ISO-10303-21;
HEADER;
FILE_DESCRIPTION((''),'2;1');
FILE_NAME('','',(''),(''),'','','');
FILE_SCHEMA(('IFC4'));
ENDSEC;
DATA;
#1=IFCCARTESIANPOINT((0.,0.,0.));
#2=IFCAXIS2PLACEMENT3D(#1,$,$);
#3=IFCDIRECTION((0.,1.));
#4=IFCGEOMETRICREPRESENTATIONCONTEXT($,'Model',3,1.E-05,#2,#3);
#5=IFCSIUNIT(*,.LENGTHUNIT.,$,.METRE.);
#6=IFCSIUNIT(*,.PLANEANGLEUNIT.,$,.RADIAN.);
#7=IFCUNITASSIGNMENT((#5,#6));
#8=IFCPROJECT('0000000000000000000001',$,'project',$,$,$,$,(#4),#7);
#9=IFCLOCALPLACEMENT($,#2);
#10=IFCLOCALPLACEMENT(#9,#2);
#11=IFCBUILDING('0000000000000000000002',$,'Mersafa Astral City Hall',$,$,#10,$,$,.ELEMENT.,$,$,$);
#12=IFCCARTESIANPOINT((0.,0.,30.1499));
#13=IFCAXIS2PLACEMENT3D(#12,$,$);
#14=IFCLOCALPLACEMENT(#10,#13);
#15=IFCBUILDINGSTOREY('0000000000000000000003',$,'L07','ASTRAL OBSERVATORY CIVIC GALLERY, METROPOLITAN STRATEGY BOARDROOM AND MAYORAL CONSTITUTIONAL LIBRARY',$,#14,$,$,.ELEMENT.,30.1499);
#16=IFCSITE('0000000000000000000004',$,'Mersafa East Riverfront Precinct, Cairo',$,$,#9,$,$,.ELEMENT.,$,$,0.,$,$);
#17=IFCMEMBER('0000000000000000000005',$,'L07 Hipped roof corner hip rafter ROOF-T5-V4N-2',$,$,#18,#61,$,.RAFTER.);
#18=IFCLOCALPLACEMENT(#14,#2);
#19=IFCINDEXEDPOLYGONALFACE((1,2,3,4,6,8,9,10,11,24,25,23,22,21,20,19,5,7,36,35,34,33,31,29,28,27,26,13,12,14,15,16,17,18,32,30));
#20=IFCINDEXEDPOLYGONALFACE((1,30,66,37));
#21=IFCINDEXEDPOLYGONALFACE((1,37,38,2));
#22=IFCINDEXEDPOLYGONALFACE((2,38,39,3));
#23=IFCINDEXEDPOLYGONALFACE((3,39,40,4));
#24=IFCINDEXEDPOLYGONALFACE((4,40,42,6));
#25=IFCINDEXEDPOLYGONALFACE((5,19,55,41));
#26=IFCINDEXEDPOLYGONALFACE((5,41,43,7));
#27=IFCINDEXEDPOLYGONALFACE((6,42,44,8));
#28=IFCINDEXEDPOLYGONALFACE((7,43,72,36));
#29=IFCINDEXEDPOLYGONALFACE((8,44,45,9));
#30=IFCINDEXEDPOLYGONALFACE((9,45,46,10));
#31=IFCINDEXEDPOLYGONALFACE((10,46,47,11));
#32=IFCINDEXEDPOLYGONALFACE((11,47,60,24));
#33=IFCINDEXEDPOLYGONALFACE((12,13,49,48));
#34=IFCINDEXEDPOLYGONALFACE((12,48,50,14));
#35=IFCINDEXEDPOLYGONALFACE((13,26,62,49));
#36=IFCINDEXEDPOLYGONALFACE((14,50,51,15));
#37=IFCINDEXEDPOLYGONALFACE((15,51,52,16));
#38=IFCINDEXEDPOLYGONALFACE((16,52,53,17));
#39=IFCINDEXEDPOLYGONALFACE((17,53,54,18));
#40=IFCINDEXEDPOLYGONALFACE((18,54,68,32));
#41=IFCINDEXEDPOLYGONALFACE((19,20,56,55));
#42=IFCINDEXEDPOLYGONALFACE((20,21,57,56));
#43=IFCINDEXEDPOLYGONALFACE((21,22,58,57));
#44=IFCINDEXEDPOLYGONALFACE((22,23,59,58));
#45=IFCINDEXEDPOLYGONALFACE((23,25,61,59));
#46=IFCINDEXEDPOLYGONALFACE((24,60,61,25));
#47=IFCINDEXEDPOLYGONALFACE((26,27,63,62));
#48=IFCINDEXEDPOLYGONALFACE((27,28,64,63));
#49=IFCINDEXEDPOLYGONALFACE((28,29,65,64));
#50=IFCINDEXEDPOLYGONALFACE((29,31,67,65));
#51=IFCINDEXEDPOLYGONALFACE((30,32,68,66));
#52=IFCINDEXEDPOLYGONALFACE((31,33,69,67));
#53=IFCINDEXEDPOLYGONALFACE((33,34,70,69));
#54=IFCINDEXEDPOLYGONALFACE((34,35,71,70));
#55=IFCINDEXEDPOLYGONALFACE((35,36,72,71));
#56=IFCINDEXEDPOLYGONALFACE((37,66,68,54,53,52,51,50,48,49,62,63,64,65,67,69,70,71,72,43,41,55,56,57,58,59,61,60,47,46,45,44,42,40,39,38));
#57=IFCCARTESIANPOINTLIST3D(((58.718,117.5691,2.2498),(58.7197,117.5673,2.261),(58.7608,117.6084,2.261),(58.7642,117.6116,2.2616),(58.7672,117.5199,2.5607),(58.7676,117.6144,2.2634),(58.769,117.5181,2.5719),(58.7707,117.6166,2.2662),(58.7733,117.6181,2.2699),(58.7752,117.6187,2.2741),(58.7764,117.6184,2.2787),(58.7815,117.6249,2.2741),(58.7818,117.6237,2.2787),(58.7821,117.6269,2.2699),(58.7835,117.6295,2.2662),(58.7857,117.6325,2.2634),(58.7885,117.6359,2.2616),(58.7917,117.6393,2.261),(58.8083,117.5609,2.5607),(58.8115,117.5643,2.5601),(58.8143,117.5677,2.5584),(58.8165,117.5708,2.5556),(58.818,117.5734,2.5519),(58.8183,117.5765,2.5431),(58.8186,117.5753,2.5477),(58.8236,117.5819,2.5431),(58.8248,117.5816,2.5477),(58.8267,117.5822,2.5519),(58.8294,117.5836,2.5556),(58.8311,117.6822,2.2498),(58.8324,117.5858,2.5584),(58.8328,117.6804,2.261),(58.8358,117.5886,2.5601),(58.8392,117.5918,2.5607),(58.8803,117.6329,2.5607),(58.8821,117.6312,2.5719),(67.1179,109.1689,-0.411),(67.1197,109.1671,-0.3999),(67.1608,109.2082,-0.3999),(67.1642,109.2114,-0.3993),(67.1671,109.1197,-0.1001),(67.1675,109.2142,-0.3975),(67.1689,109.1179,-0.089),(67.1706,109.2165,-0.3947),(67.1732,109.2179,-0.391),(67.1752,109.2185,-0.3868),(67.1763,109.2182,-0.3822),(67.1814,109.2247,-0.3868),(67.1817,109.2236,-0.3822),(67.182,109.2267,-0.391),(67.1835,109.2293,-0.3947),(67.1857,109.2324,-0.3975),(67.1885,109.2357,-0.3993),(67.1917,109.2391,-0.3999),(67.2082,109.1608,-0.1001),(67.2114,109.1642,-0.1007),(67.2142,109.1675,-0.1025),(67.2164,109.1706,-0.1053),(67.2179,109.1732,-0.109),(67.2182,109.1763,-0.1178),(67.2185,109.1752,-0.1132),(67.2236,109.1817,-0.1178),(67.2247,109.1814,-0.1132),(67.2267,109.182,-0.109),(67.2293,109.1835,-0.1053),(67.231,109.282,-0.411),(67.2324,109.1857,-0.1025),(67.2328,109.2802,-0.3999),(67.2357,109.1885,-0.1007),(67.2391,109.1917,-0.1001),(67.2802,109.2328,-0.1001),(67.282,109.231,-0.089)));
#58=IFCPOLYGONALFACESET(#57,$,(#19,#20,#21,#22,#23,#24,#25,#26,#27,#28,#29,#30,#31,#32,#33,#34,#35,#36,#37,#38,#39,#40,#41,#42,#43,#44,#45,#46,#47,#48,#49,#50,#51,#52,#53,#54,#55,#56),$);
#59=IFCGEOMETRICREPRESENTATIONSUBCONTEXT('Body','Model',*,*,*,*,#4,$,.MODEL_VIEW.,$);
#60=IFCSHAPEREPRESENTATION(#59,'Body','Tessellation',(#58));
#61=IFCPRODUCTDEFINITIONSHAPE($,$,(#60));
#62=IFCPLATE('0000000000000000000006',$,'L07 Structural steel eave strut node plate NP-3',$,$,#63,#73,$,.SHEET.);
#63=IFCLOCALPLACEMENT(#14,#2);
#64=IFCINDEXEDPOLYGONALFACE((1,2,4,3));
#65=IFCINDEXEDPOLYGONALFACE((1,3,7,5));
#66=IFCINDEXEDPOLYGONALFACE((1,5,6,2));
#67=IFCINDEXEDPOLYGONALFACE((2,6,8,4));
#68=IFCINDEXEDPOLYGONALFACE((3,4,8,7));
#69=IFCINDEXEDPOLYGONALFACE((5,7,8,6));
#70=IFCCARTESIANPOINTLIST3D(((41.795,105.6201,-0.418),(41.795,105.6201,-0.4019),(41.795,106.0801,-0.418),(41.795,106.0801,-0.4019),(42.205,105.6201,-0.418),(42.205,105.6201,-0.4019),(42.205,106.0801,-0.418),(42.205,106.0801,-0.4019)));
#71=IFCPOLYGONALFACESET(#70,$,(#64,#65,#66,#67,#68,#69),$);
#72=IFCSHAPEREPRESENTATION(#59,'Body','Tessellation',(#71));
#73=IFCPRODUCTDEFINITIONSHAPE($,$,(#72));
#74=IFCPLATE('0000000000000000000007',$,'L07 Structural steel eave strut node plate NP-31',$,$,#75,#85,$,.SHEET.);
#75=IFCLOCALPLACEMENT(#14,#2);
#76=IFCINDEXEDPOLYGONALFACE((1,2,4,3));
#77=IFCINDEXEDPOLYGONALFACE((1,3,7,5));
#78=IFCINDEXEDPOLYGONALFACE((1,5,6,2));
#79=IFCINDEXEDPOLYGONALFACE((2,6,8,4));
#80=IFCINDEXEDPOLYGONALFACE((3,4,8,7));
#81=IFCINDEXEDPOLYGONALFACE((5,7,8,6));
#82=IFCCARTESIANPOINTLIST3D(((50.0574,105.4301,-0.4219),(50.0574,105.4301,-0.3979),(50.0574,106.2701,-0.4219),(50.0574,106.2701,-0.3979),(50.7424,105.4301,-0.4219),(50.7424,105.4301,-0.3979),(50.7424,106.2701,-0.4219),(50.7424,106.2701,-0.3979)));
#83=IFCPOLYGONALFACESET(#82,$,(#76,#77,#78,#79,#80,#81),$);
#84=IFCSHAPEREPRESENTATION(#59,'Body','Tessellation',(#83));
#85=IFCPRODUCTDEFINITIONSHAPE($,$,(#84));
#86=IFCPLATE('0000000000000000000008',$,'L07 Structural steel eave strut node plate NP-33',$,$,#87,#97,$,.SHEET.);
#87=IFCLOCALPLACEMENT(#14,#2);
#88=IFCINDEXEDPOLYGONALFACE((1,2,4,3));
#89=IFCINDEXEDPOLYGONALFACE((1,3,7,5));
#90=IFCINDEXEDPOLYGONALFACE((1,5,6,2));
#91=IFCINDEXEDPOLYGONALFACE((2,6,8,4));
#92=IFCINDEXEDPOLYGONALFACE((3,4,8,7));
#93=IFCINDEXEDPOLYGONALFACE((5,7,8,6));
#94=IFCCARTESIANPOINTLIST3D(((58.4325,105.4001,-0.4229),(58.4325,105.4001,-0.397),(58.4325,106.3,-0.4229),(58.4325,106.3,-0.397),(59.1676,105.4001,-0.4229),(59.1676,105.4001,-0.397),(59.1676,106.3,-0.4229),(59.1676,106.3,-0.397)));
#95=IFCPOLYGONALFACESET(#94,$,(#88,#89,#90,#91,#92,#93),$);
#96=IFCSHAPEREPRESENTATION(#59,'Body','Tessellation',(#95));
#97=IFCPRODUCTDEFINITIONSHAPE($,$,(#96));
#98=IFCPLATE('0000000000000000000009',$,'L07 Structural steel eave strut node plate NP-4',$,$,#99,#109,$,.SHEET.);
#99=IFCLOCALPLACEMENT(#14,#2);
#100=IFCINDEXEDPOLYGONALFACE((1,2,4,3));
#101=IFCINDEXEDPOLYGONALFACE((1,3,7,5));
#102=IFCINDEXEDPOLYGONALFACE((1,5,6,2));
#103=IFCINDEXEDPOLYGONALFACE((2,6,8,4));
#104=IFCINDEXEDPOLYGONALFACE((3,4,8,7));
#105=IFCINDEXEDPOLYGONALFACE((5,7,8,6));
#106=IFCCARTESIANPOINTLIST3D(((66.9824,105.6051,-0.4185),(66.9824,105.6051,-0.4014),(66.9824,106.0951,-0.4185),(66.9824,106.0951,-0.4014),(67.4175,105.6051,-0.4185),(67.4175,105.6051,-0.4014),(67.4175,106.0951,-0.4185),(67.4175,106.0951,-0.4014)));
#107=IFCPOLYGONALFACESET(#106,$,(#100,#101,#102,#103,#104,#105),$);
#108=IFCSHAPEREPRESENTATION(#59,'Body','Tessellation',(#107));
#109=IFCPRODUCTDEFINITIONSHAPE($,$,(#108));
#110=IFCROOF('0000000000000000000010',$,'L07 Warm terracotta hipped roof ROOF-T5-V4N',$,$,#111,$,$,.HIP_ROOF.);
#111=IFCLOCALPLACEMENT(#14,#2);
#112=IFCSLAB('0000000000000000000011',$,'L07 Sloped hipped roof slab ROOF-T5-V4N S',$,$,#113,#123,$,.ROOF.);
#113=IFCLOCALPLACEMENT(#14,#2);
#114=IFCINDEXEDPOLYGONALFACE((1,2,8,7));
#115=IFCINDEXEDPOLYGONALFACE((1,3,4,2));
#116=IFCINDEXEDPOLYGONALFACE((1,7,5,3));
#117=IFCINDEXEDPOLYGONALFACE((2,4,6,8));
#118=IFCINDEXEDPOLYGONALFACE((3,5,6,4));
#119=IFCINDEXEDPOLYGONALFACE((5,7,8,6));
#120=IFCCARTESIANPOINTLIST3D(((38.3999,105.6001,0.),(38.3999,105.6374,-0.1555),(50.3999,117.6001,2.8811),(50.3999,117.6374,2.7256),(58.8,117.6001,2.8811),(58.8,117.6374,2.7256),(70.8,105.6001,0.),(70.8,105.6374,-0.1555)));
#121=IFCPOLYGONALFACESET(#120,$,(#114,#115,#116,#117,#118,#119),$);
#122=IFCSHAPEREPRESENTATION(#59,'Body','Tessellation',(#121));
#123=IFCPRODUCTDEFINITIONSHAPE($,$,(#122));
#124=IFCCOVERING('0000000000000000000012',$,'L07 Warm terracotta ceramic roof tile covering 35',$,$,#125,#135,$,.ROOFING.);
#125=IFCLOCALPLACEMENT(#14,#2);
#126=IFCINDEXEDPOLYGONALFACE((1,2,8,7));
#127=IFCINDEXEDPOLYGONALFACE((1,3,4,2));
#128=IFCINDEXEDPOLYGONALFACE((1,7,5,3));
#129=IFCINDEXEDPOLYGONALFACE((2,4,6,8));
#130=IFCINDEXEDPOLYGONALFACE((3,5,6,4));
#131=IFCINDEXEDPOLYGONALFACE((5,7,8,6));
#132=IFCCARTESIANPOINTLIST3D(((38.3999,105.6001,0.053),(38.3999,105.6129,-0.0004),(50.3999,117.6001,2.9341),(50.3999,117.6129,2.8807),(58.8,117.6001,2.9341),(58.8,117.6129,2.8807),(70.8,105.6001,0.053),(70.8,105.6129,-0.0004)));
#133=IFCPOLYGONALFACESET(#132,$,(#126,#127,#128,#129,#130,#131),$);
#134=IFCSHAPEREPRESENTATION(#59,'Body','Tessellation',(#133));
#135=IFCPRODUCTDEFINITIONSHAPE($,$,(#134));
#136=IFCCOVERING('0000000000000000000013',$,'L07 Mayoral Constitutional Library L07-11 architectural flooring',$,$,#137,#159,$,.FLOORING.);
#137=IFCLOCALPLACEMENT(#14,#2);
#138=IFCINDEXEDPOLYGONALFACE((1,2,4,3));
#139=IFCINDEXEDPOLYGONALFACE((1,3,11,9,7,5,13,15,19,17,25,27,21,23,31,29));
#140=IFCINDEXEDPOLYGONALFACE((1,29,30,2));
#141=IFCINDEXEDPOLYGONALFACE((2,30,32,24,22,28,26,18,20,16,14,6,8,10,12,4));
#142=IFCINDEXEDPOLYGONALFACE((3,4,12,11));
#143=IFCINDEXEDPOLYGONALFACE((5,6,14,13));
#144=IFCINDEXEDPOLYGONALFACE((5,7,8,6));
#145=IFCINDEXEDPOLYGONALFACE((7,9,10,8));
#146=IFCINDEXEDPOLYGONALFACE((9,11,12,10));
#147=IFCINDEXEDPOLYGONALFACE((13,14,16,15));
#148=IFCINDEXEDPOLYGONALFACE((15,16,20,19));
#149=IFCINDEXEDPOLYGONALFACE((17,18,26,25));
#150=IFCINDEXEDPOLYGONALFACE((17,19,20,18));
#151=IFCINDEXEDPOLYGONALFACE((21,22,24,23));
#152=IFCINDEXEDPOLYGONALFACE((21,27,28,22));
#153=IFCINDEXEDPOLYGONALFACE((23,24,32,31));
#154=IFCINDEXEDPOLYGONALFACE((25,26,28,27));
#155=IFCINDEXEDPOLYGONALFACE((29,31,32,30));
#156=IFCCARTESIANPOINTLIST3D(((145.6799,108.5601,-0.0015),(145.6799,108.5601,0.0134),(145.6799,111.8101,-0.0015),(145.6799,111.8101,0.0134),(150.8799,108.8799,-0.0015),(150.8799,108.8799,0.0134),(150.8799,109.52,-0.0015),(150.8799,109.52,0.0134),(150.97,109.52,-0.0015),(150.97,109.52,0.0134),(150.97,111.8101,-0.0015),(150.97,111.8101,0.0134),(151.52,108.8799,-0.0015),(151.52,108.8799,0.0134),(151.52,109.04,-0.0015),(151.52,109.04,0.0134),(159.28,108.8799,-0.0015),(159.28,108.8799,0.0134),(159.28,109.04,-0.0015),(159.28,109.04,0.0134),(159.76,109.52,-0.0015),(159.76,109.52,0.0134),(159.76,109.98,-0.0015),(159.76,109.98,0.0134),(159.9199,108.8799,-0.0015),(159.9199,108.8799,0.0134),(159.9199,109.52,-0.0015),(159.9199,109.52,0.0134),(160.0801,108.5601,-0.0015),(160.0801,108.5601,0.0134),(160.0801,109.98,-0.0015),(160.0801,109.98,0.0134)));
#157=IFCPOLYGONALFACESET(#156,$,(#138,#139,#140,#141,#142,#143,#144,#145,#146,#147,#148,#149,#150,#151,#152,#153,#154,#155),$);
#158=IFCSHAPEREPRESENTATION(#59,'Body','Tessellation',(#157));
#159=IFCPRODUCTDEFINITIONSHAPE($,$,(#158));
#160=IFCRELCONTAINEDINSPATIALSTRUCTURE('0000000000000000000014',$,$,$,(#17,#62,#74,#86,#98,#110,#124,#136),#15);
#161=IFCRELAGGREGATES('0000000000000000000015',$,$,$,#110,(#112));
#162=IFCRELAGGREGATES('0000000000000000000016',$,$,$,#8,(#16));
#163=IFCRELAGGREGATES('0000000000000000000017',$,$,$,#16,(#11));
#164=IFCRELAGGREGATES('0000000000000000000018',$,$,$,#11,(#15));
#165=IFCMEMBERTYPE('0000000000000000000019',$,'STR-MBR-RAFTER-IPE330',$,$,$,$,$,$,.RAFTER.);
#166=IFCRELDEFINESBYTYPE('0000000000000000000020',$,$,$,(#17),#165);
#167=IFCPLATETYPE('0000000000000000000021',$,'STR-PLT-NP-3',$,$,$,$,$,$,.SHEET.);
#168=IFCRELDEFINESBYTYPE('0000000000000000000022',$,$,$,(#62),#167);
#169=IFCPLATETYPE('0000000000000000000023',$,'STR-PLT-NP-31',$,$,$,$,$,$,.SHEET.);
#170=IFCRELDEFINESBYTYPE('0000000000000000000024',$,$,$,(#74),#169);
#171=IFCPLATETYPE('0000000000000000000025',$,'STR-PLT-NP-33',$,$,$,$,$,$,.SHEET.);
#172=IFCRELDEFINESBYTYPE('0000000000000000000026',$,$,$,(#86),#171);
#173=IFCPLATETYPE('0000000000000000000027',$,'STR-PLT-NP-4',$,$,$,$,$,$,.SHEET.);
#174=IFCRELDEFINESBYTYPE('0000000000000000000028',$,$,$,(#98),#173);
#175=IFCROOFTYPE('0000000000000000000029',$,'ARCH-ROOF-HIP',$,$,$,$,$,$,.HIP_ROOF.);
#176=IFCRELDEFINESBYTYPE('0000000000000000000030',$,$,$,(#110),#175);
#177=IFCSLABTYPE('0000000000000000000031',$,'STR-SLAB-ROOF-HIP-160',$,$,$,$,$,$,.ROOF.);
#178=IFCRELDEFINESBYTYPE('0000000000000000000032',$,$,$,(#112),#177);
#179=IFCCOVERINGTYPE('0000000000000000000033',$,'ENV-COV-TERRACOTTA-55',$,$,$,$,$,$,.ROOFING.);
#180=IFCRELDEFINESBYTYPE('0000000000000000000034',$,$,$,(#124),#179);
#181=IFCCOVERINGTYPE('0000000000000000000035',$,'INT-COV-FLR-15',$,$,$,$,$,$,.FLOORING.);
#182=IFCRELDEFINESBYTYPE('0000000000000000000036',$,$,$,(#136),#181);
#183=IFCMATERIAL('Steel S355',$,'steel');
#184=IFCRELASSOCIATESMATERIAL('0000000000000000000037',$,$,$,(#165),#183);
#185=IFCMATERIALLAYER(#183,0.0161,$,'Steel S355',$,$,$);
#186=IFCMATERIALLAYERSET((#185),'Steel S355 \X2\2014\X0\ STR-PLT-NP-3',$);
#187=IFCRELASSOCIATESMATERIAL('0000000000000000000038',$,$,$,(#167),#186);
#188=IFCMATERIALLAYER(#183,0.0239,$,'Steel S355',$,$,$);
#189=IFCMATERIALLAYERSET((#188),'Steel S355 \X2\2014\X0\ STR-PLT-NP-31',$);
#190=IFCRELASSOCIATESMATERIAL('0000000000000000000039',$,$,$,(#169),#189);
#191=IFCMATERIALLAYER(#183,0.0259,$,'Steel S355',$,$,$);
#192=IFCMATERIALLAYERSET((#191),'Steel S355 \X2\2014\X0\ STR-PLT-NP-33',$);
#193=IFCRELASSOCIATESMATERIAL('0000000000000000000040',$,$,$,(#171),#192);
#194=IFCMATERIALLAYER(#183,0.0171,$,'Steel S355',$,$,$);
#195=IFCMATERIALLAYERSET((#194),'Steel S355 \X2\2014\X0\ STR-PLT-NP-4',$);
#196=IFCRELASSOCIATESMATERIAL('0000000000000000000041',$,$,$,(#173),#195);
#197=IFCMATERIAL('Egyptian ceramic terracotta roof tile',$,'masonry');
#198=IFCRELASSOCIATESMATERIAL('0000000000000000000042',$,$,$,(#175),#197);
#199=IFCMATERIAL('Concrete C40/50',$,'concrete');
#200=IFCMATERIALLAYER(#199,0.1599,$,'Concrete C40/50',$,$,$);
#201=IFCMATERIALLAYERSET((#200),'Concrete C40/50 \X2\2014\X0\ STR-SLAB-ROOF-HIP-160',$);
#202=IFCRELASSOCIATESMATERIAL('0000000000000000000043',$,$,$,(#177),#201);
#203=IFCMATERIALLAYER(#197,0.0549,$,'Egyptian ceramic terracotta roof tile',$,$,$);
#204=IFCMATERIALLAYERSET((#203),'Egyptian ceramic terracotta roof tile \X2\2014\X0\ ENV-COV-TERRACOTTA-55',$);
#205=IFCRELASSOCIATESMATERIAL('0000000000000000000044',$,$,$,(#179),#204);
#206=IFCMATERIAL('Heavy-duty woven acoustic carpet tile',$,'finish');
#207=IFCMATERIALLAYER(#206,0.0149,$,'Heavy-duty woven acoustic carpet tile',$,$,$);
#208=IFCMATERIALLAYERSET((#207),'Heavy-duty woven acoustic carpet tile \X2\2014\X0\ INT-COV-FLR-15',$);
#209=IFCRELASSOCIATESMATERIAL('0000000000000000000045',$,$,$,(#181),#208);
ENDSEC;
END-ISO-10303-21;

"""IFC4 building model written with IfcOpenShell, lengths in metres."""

from ifc_helpers import new_model, si_unit, direction, frame, origin, origin_2d, place, context, subcontext, project, spatial, polyline, rectangle, i_section, outline, extrude, material, layer, layer_set, material_profile, profile_set, type_object, element, aggregate, save


model = new_model("IFC4")

# Units and contexts
model_context = context("Model", 3, precision=1e-05, world=origin(), true_north=direction((0.0, 1.0)))
body_context = subcontext(model_context, "Body", "Model", "MODEL_VIEW")
ifc_project = project(units=[si_unit("LENGTHUNIT", "METRE"), si_unit("PLANEANGLEUNIT", "RADIAN")], contexts=[model_context])

# Site, building, storey
site_placement = place(None, origin())
site = spatial("IfcSite", under=ifc_project, at=site_placement, Name="Mersafa East Riverfront Precinct, Cairo", CompositionType="ELEMENT", RefElevation=0.0)
building_placement = place(site_placement, origin())
building = spatial("IfcBuilding", under=site, at=building_placement, Name="Mersafa Astral City Hall", CompositionType="ELEMENT")
storey_placement = place(building_placement, frame((0.0, 0.0, 30.1499)))
storey = spatial("IfcBuildingStorey", under=building, at=storey_placement, Name="L07", Description="ASTRAL OBSERVATORY CIVIC GALLERY, METROPOLITAN STRATEGY BOARDROOM AND MAYORAL CONSTITUTIONAL LIBRARY", CompositionType="ELEMENT", Elevation=30.1499)

# Shared definitions
ifc_material_1 = material(Name="Steel S355", Category="steel")

# Member
ifc_material_profile_1 = material_profile(ifc_material_1, i_section(OverallWidth=0.1599, OverallDepth=0.3301, WebThickness=0.0076, FlangeThickness=0.0115, FilletRadius=0.0181, at=origin_2d()), Name="IPE 330")
ifc_profile_set_1 = profile_set([ifc_material_profile_1], Name="Steel S355")
member_type_1 = type_object("IfcMemberType", Name="STR-MBR-RAFTER-IPE330", PredefinedType="RAFTER", material=ifc_profile_set_1)
for number, where, z_axis, x_axis, name in (
    (1, (67.2, 109.2, -0.25), (-0.689999, 0.690019, 0.218575), (-0.707117, -0.707097, 0.0), "L07 Hipped roof corner hip rafter ROOF-T5-V4N-2"),
):
    element("IfcMember", number, at=place(storey_placement, frame(where, z_axis=z_axis, x_axis=x_axis)), inside=storey, type_object=member_type_1, Name=name, PredefinedType="RAFTER", context=body_context, shape_type="SweptSolid", body=[
        extrude(i_section(OverallWidth=0.1599, OverallDepth=0.3301, WebThickness=0.0076, FlangeThickness=0.0115, FilletRadius=0.0181, at=origin_2d()), origin(), (0.0, 0.0, 1.0), 12.1738),
    ])

# Plates
ifc_layer_1 = layer(ifc_material_1, 0.0161, Name="Steel S355")
ifc_layer_set_1 = layer_set([ifc_layer_1], Name="Steel S355 — STR-PLT-NP-3")
plate_type_1 = type_object("IfcPlateType", Name="STR-PLT-NP-3", PredefinedType="SHEET", material=ifc_layer_set_1)
plate_1_placement = place(storey_placement, frame((42.0, 105.8501, -0.418), z_axis=(0.0, 0.0, 1.0), x_axis=(1.0, 0.0, 0.0)))
element("IfcPlate", 2, at=plate_1_placement, inside=storey, type_object=plate_type_1, Name="L07 Structural steel eave strut node plate NP-3", PredefinedType="SHEET", context=body_context, shape_type="SweptSolid", body=[
    extrude(rectangle(XDim=0.4099, YDim=0.46, at=origin_2d()), origin(), (0.0, 0.0, 1.0), 0.0161),
])
ifc_layer_2 = layer(ifc_material_1, 0.0239, Name="Steel S355")
ifc_layer_set_2 = layer_set([ifc_layer_2], Name="Steel S355 — STR-PLT-NP-31")
plate_type_2 = type_object("IfcPlateType", Name="STR-PLT-NP-31", PredefinedType="SHEET", material=ifc_layer_set_2)
plate_2_placement = place(storey_placement, frame((50.3999, 105.8501, -0.4219), z_axis=(0.0, 0.0, 1.0), x_axis=(1.0, 0.0, 0.0)))
element("IfcPlate", 3, at=plate_2_placement, inside=storey, type_object=plate_type_2, Name="L07 Structural steel eave strut node plate NP-31", PredefinedType="SHEET", context=body_context, shape_type="SweptSolid", body=[
    extrude(rectangle(XDim=0.6851, YDim=0.8401, at=origin_2d()), origin(), (0.0, 0.0, 1.0), 0.0239),
])
ifc_layer_3 = layer(ifc_material_1, 0.0259, Name="Steel S355")
ifc_layer_set_3 = layer_set([ifc_layer_3], Name="Steel S355 — STR-PLT-NP-33")
plate_type_3 = type_object("IfcPlateType", Name="STR-PLT-NP-33", PredefinedType="SHEET", material=ifc_layer_set_3)
plate_3_placement = place(storey_placement, frame((58.8, 105.8501, -0.4229), z_axis=(0.0, 0.0, 1.0), x_axis=(1.0, 0.0, 0.0)))
element("IfcPlate", 4, at=plate_3_placement, inside=storey, type_object=plate_type_3, Name="L07 Structural steel eave strut node plate NP-33", PredefinedType="SHEET", context=body_context, shape_type="SweptSolid", body=[
    extrude(rectangle(XDim=0.7351, YDim=0.8999, at=origin_2d()), origin(), (0.0, 0.0, 1.0), 0.0259),
])
ifc_layer_4 = layer(ifc_material_1, 0.0171, Name="Steel S355")
ifc_layer_set_4 = layer_set([ifc_layer_4], Name="Steel S355 — STR-PLT-NP-4")
plate_type_4 = type_object("IfcPlateType", Name="STR-PLT-NP-4", PredefinedType="SHEET", material=ifc_layer_set_4)
plate_4_placement = place(storey_placement, frame((67.2, 105.8501, -0.4185), z_axis=(0.0, 0.0, 1.0), x_axis=(1.0, 0.0, 0.0)))
element("IfcPlate", 5, at=plate_4_placement, inside=storey, type_object=plate_type_4, Name="L07 Structural steel eave strut node plate NP-4", PredefinedType="SHEET", context=body_context, shape_type="SweptSolid", body=[
    extrude(rectangle(XDim=0.4351, YDim=0.49, at=origin_2d()), origin(), (0.0, 0.0, 1.0), 0.0171),
])

# Roof, slab
ifc_material_2 = material(Name="Egyptian ceramic terracotta roof tile", Category="masonry")
roof_type = type_object("IfcRoofType", Name="ARCH-ROOF-HIP", PredefinedType="HIP_ROOF", material=ifc_material_2)
roof_placement = place(storey_placement, origin())
roof = element("IfcRoof", 6, at=roof_placement, inside=storey, type_object=roof_type, Name="L07 Warm terracotta hipped roof ROOF-T5-V4N", PredefinedType="HIP_ROOF")
ifc_material_3 = material(Name="Concrete C40/50", Category="concrete")
ifc_layer_5 = layer(ifc_material_3, 0.1599, Name="Concrete C40/50")
ifc_layer_set_5 = layer_set([ifc_layer_5], Name="Concrete C40/50 — STR-SLAB-ROOF-HIP-160")
slab_type = type_object("IfcSlabType", Name="STR-SLAB-ROOF-HIP-160", PredefinedType="ROOF", material=ifc_layer_set_5)
slab_placement = place(storey_placement, frame((38.3999, 105.6001, 0.0), z_axis=(0.0, -0.233458, 0.972367), x_axis=(1.0, 0.0, 0.0)))
slab = element("IfcSlab", 7, at=slab_placement, type_object=slab_type, Name="L07 Sloped hipped roof slab ROOF-T5-V4N S", PredefinedType="ROOF", context=body_context, shape_type="SweptSolid", body=[
    extrude(outline(polyline([(0.0, 0.0), (32.4001, 0.0), (20.4001, 12.341), (12.0, 12.341), (0.0, 0.0)])), origin(), (0.0, 0.0, -1.0), 0.1599),
])
aggregate(roof, [slab])

# Coverings
ifc_layer_6 = layer(ifc_material_2, 0.0549, Name="Egyptian ceramic terracotta roof tile")
ifc_layer_set_6 = layer_set([ifc_layer_6], Name="Egyptian ceramic terracotta roof tile — ENV-COV-TERRACOTTA-55")
covering_type_1 = type_object("IfcCoveringType", Name="ENV-COV-TERRACOTTA-55", PredefinedType="ROOFING", material=ifc_layer_set_6)
covering_1_placement = place(storey_placement, frame((38.3999, 105.6001, 0.053), z_axis=(0.0, -0.233458, 0.972367), x_axis=(1.0, 0.0, 0.0)))
element("IfcCovering", 8, at=covering_1_placement, inside=storey, type_object=covering_type_1, Name="L07 Warm terracotta ceramic roof tile covering 35", PredefinedType="ROOFING", context=body_context, shape_type="SweptSolid", body=[
    extrude(outline(polyline([(0.0, 0.0), (32.4001, 0.0), (20.4001, 12.341), (12.0, 12.341), (0.0, 0.0)])), origin(), (0.0, 0.0, -1.0), 0.0549),
])
ifc_material_4 = material(Name="Heavy-duty woven acoustic carpet tile", Category="finish")
ifc_layer_7 = layer(ifc_material_4, 0.0149, Name="Heavy-duty woven acoustic carpet tile")
ifc_layer_set_7 = layer_set([ifc_layer_7], Name="Heavy-duty woven acoustic carpet tile — INT-COV-FLR-15")
covering_type_2 = type_object("IfcCoveringType", Name="INT-COV-FLR-15", PredefinedType="FLOORING", material=ifc_layer_set_7)
covering_2_placement = place(storey_placement, frame((0.0, 0.0, -0.0015)))
element("IfcCovering", 9, at=covering_2_placement, inside=storey, type_object=covering_type_2, Name="L07 Mayoral Constitutional Library L07-11 architectural flooring", PredefinedType="FLOORING", context=body_context, shape_type="SweptSolid", body=[
    extrude(outline(polyline([(150.97, 111.8101), (150.97, 109.52), (150.8799, 109.52), (150.8799, 108.8799), (151.52, 108.8799), (151.52, 109.04), (159.28, 109.04), (159.28, 108.8799), (159.9199, 108.8799), (159.9199, 109.52), (159.76, 109.52), (159.76, 109.98), (160.0801, 109.98), (160.0801, 108.5601), (145.6799, 108.5601), (145.6799, 111.8101), (150.97, 111.8101)])), origin(), (0.0, 0.0, 1.0), 0.0149),
])

save(model, "model.ifc")
